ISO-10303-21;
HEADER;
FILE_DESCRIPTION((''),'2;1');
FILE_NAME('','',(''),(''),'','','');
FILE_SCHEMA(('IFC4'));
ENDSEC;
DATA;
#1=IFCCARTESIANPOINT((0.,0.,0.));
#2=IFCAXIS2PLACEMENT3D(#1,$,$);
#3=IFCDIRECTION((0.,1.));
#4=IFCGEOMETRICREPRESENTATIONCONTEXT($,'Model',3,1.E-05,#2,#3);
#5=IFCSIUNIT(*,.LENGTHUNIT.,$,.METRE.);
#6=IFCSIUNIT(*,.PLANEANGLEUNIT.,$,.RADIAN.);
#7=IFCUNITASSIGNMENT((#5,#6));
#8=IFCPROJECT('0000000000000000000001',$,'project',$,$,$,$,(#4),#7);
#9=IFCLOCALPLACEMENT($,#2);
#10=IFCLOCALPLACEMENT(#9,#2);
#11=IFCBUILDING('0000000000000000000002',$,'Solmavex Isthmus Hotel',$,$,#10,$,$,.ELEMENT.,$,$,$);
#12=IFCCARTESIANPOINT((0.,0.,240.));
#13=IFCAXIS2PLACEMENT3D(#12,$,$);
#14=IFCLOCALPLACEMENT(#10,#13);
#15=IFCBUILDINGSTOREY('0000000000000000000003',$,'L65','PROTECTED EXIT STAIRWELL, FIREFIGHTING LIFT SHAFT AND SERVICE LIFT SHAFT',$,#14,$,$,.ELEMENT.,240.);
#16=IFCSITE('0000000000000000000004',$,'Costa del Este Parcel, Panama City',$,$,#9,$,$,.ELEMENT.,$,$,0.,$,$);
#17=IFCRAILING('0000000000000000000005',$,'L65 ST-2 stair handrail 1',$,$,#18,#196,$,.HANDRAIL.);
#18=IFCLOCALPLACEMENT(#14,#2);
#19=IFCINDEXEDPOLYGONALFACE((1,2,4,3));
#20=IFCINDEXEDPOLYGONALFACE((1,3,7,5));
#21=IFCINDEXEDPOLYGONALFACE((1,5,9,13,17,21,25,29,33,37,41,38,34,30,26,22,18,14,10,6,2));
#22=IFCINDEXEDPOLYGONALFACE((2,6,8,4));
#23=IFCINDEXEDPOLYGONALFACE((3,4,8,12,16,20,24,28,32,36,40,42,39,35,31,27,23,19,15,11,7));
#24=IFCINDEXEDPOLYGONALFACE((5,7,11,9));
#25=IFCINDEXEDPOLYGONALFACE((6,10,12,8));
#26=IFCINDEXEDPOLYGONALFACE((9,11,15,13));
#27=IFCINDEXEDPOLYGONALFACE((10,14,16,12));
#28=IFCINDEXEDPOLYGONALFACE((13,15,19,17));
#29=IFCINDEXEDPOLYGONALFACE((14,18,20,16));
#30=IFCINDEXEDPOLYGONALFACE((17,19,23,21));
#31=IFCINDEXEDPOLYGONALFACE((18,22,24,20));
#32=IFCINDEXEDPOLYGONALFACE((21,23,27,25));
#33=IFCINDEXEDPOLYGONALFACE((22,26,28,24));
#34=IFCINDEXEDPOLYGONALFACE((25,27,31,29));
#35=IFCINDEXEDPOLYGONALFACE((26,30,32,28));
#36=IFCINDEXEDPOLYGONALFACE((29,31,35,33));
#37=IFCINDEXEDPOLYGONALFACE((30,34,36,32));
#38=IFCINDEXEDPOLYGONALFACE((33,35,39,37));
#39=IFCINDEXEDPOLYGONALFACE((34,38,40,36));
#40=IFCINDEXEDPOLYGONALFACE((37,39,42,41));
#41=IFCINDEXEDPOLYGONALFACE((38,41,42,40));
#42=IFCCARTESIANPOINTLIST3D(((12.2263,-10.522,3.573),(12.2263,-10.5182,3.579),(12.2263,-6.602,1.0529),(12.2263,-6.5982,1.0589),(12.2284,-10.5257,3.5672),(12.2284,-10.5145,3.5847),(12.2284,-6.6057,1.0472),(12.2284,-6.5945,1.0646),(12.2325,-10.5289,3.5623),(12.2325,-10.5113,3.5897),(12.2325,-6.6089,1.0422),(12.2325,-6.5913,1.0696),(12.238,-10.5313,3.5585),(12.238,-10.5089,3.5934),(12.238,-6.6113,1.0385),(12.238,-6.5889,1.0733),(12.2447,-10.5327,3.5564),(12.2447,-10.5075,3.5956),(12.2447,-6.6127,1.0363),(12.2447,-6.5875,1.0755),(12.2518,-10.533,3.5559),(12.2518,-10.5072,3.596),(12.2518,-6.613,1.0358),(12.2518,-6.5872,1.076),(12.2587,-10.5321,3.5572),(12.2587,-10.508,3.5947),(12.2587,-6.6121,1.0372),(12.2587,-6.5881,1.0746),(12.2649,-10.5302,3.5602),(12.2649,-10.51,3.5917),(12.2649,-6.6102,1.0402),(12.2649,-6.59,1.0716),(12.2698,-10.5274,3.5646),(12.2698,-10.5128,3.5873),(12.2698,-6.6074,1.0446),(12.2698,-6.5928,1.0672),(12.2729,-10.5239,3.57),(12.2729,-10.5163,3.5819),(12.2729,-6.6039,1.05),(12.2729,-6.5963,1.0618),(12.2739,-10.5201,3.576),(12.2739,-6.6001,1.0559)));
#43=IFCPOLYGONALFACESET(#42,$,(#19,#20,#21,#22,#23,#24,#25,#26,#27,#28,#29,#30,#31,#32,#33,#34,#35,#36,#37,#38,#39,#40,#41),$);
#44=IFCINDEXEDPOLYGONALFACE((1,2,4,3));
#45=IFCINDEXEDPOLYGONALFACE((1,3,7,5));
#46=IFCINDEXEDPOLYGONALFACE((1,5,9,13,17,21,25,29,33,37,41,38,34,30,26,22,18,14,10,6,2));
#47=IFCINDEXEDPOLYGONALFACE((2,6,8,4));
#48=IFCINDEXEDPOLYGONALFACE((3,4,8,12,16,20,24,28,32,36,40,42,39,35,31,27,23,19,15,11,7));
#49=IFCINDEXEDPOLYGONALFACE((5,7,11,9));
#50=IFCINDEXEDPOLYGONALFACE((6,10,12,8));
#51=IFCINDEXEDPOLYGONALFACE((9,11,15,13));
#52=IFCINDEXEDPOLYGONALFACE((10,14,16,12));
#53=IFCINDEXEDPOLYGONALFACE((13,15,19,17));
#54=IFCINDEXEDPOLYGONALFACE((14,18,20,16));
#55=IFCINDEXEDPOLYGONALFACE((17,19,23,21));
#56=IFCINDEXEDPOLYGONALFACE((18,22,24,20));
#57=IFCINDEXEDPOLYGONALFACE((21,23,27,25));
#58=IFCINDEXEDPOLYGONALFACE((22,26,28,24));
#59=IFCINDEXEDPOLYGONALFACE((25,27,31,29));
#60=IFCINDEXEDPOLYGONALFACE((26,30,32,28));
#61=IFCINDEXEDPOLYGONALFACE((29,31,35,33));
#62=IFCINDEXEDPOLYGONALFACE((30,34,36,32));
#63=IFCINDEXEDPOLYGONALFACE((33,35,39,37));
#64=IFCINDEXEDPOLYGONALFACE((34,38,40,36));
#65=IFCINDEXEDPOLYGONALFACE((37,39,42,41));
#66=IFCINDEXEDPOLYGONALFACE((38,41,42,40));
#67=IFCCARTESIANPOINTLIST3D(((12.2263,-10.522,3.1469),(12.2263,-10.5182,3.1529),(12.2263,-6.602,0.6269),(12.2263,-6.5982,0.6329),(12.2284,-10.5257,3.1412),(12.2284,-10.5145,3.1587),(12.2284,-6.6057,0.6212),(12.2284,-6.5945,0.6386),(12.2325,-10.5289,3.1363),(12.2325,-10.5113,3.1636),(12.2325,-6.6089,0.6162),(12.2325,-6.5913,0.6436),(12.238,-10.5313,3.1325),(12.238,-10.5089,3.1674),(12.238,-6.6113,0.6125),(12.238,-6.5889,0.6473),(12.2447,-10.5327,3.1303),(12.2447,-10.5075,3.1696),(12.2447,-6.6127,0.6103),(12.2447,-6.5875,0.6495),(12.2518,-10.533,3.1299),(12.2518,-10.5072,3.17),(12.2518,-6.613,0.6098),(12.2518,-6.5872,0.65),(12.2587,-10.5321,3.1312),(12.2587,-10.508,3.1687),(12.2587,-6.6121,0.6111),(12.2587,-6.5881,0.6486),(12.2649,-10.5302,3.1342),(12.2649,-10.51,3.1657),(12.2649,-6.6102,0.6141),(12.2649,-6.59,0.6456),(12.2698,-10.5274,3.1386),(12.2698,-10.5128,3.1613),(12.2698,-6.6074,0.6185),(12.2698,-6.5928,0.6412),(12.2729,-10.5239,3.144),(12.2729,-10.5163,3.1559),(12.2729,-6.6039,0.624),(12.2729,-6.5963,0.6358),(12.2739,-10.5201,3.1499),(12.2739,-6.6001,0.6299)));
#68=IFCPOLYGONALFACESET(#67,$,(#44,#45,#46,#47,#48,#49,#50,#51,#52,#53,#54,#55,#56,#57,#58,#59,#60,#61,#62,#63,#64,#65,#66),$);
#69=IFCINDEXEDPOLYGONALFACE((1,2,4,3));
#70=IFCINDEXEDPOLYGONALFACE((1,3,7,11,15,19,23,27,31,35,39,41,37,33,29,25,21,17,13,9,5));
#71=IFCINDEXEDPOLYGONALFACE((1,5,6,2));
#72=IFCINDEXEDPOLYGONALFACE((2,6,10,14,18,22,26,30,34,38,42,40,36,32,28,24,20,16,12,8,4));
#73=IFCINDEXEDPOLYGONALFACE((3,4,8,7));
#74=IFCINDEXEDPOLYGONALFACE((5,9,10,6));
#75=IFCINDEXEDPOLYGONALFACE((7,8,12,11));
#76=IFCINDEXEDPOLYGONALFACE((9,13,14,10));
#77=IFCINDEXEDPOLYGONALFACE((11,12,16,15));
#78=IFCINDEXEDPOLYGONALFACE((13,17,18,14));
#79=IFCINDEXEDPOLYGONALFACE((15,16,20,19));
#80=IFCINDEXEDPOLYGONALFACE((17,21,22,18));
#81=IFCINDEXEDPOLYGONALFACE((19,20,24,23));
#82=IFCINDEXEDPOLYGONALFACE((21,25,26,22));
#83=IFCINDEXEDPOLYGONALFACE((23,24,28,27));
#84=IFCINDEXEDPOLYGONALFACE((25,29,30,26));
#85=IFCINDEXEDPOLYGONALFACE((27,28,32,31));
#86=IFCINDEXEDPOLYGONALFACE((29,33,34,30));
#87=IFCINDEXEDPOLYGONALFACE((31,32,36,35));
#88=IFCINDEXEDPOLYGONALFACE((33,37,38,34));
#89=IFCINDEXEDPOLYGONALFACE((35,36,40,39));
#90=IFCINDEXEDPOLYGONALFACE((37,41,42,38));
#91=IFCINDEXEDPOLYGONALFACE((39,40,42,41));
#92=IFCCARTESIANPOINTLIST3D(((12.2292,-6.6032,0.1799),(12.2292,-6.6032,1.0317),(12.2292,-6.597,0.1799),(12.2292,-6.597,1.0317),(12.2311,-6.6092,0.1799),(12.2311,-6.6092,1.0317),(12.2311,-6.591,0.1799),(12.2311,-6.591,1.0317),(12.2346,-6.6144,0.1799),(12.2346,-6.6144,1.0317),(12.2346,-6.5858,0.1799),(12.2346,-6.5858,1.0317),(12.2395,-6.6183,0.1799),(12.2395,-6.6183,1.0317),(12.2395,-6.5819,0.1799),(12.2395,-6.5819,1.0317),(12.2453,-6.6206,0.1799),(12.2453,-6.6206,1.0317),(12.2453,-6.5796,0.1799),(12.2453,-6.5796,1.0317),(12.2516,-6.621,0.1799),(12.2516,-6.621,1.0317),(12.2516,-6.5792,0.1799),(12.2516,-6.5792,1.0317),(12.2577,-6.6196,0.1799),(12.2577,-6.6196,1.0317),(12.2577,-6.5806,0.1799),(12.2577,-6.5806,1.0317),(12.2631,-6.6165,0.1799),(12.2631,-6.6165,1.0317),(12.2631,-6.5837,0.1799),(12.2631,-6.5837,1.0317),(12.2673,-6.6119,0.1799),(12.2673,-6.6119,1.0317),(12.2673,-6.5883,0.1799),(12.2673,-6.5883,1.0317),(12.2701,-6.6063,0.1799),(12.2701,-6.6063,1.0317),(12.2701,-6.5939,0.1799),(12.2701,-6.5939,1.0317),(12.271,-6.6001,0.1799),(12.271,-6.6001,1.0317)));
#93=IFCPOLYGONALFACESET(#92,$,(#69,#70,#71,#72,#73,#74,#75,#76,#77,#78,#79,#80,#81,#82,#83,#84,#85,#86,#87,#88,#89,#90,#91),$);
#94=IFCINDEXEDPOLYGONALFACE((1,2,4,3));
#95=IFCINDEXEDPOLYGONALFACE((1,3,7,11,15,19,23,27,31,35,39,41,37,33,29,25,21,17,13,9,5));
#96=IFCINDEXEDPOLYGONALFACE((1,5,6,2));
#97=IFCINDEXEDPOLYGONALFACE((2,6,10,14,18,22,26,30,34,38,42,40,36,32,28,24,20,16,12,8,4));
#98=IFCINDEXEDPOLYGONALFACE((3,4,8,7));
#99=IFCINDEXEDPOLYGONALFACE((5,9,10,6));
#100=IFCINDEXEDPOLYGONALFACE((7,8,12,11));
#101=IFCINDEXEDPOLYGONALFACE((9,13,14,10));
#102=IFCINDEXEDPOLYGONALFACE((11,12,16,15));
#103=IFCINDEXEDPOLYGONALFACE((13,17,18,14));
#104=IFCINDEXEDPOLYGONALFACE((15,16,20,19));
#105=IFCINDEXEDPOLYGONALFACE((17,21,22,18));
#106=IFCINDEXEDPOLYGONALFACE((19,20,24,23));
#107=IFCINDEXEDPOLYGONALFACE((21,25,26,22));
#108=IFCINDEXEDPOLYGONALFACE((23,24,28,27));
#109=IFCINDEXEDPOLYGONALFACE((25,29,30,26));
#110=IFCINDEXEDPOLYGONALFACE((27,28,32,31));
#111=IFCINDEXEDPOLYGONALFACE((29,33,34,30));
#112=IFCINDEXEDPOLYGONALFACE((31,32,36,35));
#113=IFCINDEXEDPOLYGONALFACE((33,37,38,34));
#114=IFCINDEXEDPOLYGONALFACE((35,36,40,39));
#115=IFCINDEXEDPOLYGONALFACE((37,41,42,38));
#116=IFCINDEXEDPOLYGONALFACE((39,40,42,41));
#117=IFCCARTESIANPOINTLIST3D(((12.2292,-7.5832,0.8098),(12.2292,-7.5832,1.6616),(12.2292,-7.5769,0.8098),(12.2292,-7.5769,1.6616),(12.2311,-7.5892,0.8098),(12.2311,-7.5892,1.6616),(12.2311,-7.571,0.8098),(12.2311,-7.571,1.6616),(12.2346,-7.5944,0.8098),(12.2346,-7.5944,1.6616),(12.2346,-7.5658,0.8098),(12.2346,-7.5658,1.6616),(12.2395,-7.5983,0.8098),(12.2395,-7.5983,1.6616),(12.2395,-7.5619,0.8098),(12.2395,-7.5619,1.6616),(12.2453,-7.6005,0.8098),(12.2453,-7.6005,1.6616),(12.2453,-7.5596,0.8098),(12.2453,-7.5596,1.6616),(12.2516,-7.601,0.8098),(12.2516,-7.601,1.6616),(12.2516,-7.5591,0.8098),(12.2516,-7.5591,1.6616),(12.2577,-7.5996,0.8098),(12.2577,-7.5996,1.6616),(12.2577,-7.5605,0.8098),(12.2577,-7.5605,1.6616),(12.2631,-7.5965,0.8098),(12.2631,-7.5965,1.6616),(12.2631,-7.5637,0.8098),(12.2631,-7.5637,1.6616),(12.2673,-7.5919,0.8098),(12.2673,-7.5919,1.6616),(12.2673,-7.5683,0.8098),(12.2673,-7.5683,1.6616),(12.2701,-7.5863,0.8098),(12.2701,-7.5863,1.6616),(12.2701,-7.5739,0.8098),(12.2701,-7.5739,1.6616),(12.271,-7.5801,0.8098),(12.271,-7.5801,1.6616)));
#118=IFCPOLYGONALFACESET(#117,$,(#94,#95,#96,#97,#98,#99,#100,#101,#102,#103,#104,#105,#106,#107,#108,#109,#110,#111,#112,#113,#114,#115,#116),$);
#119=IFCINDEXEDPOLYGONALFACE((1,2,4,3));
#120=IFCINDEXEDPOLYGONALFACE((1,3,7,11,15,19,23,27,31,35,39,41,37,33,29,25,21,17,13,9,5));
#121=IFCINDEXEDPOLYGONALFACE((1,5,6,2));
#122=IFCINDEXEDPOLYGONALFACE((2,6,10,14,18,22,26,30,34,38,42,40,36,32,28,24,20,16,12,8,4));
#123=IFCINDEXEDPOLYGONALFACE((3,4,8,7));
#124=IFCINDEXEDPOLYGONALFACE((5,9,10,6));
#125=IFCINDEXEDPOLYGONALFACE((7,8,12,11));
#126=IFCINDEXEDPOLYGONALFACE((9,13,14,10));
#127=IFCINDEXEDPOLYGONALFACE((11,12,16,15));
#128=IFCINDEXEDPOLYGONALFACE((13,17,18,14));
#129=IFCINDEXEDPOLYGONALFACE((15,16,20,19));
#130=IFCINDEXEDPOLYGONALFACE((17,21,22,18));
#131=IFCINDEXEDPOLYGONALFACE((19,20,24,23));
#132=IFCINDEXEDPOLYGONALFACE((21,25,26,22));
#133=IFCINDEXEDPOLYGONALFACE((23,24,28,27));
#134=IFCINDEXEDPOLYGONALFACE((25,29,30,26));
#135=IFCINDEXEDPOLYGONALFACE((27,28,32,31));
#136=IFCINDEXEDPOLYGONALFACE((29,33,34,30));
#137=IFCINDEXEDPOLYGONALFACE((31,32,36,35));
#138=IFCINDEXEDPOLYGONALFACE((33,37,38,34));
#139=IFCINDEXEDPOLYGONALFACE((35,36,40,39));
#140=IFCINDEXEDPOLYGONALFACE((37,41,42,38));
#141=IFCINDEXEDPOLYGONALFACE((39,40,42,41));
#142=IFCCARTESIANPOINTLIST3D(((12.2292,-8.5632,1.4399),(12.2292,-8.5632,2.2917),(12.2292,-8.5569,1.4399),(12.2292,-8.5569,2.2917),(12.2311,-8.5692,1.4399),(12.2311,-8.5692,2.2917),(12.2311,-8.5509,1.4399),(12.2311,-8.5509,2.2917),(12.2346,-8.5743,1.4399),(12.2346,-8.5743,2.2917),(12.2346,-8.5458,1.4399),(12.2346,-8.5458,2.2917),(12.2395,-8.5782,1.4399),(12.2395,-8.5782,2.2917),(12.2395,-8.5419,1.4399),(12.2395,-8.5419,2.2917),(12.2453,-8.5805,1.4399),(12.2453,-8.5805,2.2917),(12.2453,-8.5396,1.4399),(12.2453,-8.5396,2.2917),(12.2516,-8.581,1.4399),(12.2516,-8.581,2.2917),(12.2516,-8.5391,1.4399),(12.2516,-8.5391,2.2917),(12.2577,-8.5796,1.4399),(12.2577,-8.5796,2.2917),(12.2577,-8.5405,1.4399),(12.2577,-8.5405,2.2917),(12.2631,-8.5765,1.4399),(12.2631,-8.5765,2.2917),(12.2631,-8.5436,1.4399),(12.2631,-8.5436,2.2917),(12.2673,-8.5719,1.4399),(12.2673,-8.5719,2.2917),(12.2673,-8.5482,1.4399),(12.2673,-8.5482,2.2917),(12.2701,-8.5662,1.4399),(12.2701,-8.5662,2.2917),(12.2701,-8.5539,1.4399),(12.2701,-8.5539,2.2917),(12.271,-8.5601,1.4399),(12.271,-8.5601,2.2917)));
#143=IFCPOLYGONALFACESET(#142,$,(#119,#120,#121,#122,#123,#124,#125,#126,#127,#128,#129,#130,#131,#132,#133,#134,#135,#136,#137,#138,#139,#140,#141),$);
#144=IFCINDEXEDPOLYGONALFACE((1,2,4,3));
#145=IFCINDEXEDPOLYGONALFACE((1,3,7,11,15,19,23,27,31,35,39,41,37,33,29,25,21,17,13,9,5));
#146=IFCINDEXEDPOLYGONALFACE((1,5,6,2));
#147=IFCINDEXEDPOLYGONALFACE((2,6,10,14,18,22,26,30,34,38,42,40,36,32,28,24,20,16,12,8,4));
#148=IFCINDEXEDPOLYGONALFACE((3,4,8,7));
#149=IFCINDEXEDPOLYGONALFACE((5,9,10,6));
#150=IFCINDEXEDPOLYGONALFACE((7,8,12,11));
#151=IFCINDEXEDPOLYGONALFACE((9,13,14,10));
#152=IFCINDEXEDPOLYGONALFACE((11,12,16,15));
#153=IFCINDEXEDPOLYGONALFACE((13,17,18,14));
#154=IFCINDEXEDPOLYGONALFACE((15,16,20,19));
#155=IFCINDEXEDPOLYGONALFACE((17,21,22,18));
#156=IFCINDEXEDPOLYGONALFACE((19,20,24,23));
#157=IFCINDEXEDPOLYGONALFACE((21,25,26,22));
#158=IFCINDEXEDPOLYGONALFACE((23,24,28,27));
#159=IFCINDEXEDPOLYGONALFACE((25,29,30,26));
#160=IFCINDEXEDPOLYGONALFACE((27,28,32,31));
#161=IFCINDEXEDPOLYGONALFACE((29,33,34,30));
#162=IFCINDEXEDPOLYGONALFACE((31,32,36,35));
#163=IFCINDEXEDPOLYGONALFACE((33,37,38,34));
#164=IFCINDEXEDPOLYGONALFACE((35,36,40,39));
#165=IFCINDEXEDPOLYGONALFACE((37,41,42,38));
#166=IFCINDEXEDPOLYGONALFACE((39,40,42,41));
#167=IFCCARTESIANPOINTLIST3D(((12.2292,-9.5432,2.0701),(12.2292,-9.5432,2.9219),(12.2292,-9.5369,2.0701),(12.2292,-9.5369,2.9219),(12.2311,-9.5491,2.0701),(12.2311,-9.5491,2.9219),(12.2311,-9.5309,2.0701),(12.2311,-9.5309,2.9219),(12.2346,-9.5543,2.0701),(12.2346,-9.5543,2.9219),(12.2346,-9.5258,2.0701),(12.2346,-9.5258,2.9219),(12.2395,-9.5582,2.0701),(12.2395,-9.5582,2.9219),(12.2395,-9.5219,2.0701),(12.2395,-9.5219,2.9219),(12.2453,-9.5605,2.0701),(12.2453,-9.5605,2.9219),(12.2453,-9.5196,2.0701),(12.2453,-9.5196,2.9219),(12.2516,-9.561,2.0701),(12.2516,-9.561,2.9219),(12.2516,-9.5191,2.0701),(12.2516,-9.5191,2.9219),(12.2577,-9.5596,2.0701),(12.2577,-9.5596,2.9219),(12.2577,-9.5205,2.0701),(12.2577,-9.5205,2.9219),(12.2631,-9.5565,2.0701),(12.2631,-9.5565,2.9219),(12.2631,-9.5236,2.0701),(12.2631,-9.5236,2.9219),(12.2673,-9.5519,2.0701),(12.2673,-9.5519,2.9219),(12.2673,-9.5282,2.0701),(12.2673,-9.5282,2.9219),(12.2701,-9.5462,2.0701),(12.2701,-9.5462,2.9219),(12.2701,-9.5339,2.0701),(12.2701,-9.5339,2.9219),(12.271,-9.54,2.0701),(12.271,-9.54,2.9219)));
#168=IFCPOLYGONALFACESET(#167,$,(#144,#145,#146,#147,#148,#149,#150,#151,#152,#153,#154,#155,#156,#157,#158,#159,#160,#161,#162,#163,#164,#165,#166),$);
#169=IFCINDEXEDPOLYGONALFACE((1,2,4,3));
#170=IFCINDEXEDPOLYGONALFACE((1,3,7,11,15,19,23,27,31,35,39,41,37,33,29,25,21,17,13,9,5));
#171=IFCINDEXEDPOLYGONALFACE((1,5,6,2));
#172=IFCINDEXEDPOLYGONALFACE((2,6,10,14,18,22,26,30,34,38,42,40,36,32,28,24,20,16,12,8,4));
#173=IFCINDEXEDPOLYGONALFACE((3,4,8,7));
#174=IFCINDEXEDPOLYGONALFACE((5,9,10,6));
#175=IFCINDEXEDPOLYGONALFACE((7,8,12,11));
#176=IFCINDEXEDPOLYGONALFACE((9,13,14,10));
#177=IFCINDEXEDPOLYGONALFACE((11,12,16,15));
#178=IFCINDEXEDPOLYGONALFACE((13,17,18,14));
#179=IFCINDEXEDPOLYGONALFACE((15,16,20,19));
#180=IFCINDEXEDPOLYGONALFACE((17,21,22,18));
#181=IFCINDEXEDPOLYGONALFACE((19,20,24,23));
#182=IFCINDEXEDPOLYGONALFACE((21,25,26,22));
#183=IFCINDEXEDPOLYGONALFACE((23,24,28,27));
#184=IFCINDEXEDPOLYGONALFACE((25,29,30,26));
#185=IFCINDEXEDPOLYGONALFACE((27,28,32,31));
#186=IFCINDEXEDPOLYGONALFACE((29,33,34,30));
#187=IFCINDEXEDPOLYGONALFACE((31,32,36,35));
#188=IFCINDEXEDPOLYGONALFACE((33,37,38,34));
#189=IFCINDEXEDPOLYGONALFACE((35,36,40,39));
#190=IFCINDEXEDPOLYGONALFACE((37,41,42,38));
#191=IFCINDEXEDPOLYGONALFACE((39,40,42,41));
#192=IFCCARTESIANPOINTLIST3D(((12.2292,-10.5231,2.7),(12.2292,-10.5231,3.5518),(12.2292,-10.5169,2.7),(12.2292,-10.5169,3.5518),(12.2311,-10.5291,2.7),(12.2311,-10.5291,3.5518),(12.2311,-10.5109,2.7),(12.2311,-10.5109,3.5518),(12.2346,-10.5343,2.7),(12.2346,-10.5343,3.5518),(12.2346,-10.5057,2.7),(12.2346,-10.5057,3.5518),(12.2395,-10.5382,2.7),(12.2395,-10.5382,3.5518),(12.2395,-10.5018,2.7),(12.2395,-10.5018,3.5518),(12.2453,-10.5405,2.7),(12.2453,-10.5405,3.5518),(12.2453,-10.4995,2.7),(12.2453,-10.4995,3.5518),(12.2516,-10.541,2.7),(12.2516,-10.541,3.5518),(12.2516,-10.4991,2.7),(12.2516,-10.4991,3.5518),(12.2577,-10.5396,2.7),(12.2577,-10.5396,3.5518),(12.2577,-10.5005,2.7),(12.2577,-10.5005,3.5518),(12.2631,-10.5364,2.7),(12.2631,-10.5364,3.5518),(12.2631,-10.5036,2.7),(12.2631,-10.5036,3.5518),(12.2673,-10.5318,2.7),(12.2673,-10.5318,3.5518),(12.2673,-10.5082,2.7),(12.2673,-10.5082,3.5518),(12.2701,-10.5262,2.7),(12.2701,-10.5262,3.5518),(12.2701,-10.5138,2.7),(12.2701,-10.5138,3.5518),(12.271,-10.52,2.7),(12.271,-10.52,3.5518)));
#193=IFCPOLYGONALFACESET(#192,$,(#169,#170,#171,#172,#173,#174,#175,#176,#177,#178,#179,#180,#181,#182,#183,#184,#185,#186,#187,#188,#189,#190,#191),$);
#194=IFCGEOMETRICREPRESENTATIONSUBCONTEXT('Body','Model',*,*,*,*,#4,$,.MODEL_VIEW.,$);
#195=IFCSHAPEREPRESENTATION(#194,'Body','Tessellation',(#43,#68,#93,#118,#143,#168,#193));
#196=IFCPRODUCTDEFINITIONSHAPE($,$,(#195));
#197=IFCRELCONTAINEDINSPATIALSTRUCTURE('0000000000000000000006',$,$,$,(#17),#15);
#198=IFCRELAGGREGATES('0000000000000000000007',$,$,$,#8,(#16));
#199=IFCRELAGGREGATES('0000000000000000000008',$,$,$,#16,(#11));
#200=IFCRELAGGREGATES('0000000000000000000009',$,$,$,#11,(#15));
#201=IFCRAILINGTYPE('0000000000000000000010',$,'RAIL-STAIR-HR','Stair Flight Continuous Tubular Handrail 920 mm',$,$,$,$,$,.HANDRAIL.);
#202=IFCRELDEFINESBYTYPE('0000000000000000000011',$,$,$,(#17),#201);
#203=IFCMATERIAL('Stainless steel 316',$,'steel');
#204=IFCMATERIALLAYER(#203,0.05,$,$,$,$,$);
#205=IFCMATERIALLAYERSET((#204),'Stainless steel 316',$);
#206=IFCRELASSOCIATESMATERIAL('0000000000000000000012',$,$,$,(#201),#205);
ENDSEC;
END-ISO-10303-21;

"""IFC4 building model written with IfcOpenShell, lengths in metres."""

from ifc_helpers import new_model, si_unit, direction, frame, origin, origin_2d, place, context, subcontext, project, spatial, circle, extrude, material, layer, layer_set, type_object, element, save


model = new_model("IFC4")

# Units and contexts
model_context = context("Model", 3, precision=1e-05, world=origin(), true_north=direction((0.0, 1.0)))
body_context = subcontext(model_context, "Body", "Model", "MODEL_VIEW")
ifc_project = project(units=[si_unit("LENGTHUNIT", "METRE"), si_unit("PLANEANGLEUNIT", "RADIAN")], contexts=[model_context])

# Site, building, storey
site_placement = place(None, origin())
site = spatial("IfcSite", under=ifc_project, at=site_placement, Name="Costa del Este Parcel, Panama City", CompositionType="ELEMENT", RefElevation=0.0)
building_placement = place(site_placement, origin())
building = spatial("IfcBuilding", under=site, at=building_placement, Name="Solmavex Isthmus Hotel", CompositionType="ELEMENT")
storey_placement = place(building_placement, frame((0.0, 0.0, 240.0)))
storey = spatial("IfcBuildingStorey", under=building, at=storey_placement, Name="L65", Description="PROTECTED EXIT STAIRWELL, FIREFIGHTING LIFT SHAFT AND SERVICE LIFT SHAFT", CompositionType="ELEMENT", Elevation=240.0)

# Railing
ifc_material_1 = material(Name="Stainless steel 316", Category="steel")
ifc_layer_1 = layer(ifc_material_1, 0.05)
ifc_layer_set_1 = layer_set([ifc_layer_1], Name="Stainless steel 316")
railing_type_1 = type_object("IfcRailingType", Name="RAIL-STAIR-HR", Description="Stair Flight Continuous Tubular Handrail 920 mm", PredefinedType="HANDRAIL", material=ifc_layer_set_1)
railing_1_placement = place(storey_placement, frame((12.25, -6.6001, 0.1799)))
element("IfcRailing", 1, at=railing_1_placement, inside=storey, type_object=railing_type_1, Name="L65 ST-2 stair handrail 1", PredefinedType="HANDRAIL", context=body_context, shape_type="SweptSolid", body=[
    extrude(circle(Radius=0.0239, at=origin_2d()), frame((0.0, 0.0, 0.876), z_axis=(0.0, -0.841172, 0.540768), x_axis=(1.0, 0.0, 0.0)), (0.0, 0.0, 1.0), 4.6602),
    extrude(circle(Radius=0.0239, at=origin_2d()), frame((0.0, 0.0, 0.45), z_axis=(0.0, -0.841172, 0.540768), x_axis=(1.0, 0.0, 0.0)), (0.0, 0.0, 1.0), 4.6602),
    extrude(circle(Radius=0.021, at=origin_2d()), origin(), (0.0, 0.0, 1.0), 0.8518),
    extrude(circle(Radius=0.021, at=origin_2d()), frame((0.0, -0.98, 0.6299)), (0.0, 0.0, 1.0), 0.8518),
    extrude(circle(Radius=0.021, at=origin_2d()), frame((0.0, -1.96, 1.26)), (0.0, 0.0, 1.0), 0.8518),
    extrude(circle(Radius=0.021, at=origin_2d()), frame((0.0, -2.9399, 1.8901)), (0.0, 0.0, 1.0), 0.8518),
    extrude(circle(Radius=0.021, at=origin_2d()), frame((0.0, -3.9199, 2.52)), (0.0, 0.0, 1.0), 0.8518),
])

save(model, "model.ifc")
